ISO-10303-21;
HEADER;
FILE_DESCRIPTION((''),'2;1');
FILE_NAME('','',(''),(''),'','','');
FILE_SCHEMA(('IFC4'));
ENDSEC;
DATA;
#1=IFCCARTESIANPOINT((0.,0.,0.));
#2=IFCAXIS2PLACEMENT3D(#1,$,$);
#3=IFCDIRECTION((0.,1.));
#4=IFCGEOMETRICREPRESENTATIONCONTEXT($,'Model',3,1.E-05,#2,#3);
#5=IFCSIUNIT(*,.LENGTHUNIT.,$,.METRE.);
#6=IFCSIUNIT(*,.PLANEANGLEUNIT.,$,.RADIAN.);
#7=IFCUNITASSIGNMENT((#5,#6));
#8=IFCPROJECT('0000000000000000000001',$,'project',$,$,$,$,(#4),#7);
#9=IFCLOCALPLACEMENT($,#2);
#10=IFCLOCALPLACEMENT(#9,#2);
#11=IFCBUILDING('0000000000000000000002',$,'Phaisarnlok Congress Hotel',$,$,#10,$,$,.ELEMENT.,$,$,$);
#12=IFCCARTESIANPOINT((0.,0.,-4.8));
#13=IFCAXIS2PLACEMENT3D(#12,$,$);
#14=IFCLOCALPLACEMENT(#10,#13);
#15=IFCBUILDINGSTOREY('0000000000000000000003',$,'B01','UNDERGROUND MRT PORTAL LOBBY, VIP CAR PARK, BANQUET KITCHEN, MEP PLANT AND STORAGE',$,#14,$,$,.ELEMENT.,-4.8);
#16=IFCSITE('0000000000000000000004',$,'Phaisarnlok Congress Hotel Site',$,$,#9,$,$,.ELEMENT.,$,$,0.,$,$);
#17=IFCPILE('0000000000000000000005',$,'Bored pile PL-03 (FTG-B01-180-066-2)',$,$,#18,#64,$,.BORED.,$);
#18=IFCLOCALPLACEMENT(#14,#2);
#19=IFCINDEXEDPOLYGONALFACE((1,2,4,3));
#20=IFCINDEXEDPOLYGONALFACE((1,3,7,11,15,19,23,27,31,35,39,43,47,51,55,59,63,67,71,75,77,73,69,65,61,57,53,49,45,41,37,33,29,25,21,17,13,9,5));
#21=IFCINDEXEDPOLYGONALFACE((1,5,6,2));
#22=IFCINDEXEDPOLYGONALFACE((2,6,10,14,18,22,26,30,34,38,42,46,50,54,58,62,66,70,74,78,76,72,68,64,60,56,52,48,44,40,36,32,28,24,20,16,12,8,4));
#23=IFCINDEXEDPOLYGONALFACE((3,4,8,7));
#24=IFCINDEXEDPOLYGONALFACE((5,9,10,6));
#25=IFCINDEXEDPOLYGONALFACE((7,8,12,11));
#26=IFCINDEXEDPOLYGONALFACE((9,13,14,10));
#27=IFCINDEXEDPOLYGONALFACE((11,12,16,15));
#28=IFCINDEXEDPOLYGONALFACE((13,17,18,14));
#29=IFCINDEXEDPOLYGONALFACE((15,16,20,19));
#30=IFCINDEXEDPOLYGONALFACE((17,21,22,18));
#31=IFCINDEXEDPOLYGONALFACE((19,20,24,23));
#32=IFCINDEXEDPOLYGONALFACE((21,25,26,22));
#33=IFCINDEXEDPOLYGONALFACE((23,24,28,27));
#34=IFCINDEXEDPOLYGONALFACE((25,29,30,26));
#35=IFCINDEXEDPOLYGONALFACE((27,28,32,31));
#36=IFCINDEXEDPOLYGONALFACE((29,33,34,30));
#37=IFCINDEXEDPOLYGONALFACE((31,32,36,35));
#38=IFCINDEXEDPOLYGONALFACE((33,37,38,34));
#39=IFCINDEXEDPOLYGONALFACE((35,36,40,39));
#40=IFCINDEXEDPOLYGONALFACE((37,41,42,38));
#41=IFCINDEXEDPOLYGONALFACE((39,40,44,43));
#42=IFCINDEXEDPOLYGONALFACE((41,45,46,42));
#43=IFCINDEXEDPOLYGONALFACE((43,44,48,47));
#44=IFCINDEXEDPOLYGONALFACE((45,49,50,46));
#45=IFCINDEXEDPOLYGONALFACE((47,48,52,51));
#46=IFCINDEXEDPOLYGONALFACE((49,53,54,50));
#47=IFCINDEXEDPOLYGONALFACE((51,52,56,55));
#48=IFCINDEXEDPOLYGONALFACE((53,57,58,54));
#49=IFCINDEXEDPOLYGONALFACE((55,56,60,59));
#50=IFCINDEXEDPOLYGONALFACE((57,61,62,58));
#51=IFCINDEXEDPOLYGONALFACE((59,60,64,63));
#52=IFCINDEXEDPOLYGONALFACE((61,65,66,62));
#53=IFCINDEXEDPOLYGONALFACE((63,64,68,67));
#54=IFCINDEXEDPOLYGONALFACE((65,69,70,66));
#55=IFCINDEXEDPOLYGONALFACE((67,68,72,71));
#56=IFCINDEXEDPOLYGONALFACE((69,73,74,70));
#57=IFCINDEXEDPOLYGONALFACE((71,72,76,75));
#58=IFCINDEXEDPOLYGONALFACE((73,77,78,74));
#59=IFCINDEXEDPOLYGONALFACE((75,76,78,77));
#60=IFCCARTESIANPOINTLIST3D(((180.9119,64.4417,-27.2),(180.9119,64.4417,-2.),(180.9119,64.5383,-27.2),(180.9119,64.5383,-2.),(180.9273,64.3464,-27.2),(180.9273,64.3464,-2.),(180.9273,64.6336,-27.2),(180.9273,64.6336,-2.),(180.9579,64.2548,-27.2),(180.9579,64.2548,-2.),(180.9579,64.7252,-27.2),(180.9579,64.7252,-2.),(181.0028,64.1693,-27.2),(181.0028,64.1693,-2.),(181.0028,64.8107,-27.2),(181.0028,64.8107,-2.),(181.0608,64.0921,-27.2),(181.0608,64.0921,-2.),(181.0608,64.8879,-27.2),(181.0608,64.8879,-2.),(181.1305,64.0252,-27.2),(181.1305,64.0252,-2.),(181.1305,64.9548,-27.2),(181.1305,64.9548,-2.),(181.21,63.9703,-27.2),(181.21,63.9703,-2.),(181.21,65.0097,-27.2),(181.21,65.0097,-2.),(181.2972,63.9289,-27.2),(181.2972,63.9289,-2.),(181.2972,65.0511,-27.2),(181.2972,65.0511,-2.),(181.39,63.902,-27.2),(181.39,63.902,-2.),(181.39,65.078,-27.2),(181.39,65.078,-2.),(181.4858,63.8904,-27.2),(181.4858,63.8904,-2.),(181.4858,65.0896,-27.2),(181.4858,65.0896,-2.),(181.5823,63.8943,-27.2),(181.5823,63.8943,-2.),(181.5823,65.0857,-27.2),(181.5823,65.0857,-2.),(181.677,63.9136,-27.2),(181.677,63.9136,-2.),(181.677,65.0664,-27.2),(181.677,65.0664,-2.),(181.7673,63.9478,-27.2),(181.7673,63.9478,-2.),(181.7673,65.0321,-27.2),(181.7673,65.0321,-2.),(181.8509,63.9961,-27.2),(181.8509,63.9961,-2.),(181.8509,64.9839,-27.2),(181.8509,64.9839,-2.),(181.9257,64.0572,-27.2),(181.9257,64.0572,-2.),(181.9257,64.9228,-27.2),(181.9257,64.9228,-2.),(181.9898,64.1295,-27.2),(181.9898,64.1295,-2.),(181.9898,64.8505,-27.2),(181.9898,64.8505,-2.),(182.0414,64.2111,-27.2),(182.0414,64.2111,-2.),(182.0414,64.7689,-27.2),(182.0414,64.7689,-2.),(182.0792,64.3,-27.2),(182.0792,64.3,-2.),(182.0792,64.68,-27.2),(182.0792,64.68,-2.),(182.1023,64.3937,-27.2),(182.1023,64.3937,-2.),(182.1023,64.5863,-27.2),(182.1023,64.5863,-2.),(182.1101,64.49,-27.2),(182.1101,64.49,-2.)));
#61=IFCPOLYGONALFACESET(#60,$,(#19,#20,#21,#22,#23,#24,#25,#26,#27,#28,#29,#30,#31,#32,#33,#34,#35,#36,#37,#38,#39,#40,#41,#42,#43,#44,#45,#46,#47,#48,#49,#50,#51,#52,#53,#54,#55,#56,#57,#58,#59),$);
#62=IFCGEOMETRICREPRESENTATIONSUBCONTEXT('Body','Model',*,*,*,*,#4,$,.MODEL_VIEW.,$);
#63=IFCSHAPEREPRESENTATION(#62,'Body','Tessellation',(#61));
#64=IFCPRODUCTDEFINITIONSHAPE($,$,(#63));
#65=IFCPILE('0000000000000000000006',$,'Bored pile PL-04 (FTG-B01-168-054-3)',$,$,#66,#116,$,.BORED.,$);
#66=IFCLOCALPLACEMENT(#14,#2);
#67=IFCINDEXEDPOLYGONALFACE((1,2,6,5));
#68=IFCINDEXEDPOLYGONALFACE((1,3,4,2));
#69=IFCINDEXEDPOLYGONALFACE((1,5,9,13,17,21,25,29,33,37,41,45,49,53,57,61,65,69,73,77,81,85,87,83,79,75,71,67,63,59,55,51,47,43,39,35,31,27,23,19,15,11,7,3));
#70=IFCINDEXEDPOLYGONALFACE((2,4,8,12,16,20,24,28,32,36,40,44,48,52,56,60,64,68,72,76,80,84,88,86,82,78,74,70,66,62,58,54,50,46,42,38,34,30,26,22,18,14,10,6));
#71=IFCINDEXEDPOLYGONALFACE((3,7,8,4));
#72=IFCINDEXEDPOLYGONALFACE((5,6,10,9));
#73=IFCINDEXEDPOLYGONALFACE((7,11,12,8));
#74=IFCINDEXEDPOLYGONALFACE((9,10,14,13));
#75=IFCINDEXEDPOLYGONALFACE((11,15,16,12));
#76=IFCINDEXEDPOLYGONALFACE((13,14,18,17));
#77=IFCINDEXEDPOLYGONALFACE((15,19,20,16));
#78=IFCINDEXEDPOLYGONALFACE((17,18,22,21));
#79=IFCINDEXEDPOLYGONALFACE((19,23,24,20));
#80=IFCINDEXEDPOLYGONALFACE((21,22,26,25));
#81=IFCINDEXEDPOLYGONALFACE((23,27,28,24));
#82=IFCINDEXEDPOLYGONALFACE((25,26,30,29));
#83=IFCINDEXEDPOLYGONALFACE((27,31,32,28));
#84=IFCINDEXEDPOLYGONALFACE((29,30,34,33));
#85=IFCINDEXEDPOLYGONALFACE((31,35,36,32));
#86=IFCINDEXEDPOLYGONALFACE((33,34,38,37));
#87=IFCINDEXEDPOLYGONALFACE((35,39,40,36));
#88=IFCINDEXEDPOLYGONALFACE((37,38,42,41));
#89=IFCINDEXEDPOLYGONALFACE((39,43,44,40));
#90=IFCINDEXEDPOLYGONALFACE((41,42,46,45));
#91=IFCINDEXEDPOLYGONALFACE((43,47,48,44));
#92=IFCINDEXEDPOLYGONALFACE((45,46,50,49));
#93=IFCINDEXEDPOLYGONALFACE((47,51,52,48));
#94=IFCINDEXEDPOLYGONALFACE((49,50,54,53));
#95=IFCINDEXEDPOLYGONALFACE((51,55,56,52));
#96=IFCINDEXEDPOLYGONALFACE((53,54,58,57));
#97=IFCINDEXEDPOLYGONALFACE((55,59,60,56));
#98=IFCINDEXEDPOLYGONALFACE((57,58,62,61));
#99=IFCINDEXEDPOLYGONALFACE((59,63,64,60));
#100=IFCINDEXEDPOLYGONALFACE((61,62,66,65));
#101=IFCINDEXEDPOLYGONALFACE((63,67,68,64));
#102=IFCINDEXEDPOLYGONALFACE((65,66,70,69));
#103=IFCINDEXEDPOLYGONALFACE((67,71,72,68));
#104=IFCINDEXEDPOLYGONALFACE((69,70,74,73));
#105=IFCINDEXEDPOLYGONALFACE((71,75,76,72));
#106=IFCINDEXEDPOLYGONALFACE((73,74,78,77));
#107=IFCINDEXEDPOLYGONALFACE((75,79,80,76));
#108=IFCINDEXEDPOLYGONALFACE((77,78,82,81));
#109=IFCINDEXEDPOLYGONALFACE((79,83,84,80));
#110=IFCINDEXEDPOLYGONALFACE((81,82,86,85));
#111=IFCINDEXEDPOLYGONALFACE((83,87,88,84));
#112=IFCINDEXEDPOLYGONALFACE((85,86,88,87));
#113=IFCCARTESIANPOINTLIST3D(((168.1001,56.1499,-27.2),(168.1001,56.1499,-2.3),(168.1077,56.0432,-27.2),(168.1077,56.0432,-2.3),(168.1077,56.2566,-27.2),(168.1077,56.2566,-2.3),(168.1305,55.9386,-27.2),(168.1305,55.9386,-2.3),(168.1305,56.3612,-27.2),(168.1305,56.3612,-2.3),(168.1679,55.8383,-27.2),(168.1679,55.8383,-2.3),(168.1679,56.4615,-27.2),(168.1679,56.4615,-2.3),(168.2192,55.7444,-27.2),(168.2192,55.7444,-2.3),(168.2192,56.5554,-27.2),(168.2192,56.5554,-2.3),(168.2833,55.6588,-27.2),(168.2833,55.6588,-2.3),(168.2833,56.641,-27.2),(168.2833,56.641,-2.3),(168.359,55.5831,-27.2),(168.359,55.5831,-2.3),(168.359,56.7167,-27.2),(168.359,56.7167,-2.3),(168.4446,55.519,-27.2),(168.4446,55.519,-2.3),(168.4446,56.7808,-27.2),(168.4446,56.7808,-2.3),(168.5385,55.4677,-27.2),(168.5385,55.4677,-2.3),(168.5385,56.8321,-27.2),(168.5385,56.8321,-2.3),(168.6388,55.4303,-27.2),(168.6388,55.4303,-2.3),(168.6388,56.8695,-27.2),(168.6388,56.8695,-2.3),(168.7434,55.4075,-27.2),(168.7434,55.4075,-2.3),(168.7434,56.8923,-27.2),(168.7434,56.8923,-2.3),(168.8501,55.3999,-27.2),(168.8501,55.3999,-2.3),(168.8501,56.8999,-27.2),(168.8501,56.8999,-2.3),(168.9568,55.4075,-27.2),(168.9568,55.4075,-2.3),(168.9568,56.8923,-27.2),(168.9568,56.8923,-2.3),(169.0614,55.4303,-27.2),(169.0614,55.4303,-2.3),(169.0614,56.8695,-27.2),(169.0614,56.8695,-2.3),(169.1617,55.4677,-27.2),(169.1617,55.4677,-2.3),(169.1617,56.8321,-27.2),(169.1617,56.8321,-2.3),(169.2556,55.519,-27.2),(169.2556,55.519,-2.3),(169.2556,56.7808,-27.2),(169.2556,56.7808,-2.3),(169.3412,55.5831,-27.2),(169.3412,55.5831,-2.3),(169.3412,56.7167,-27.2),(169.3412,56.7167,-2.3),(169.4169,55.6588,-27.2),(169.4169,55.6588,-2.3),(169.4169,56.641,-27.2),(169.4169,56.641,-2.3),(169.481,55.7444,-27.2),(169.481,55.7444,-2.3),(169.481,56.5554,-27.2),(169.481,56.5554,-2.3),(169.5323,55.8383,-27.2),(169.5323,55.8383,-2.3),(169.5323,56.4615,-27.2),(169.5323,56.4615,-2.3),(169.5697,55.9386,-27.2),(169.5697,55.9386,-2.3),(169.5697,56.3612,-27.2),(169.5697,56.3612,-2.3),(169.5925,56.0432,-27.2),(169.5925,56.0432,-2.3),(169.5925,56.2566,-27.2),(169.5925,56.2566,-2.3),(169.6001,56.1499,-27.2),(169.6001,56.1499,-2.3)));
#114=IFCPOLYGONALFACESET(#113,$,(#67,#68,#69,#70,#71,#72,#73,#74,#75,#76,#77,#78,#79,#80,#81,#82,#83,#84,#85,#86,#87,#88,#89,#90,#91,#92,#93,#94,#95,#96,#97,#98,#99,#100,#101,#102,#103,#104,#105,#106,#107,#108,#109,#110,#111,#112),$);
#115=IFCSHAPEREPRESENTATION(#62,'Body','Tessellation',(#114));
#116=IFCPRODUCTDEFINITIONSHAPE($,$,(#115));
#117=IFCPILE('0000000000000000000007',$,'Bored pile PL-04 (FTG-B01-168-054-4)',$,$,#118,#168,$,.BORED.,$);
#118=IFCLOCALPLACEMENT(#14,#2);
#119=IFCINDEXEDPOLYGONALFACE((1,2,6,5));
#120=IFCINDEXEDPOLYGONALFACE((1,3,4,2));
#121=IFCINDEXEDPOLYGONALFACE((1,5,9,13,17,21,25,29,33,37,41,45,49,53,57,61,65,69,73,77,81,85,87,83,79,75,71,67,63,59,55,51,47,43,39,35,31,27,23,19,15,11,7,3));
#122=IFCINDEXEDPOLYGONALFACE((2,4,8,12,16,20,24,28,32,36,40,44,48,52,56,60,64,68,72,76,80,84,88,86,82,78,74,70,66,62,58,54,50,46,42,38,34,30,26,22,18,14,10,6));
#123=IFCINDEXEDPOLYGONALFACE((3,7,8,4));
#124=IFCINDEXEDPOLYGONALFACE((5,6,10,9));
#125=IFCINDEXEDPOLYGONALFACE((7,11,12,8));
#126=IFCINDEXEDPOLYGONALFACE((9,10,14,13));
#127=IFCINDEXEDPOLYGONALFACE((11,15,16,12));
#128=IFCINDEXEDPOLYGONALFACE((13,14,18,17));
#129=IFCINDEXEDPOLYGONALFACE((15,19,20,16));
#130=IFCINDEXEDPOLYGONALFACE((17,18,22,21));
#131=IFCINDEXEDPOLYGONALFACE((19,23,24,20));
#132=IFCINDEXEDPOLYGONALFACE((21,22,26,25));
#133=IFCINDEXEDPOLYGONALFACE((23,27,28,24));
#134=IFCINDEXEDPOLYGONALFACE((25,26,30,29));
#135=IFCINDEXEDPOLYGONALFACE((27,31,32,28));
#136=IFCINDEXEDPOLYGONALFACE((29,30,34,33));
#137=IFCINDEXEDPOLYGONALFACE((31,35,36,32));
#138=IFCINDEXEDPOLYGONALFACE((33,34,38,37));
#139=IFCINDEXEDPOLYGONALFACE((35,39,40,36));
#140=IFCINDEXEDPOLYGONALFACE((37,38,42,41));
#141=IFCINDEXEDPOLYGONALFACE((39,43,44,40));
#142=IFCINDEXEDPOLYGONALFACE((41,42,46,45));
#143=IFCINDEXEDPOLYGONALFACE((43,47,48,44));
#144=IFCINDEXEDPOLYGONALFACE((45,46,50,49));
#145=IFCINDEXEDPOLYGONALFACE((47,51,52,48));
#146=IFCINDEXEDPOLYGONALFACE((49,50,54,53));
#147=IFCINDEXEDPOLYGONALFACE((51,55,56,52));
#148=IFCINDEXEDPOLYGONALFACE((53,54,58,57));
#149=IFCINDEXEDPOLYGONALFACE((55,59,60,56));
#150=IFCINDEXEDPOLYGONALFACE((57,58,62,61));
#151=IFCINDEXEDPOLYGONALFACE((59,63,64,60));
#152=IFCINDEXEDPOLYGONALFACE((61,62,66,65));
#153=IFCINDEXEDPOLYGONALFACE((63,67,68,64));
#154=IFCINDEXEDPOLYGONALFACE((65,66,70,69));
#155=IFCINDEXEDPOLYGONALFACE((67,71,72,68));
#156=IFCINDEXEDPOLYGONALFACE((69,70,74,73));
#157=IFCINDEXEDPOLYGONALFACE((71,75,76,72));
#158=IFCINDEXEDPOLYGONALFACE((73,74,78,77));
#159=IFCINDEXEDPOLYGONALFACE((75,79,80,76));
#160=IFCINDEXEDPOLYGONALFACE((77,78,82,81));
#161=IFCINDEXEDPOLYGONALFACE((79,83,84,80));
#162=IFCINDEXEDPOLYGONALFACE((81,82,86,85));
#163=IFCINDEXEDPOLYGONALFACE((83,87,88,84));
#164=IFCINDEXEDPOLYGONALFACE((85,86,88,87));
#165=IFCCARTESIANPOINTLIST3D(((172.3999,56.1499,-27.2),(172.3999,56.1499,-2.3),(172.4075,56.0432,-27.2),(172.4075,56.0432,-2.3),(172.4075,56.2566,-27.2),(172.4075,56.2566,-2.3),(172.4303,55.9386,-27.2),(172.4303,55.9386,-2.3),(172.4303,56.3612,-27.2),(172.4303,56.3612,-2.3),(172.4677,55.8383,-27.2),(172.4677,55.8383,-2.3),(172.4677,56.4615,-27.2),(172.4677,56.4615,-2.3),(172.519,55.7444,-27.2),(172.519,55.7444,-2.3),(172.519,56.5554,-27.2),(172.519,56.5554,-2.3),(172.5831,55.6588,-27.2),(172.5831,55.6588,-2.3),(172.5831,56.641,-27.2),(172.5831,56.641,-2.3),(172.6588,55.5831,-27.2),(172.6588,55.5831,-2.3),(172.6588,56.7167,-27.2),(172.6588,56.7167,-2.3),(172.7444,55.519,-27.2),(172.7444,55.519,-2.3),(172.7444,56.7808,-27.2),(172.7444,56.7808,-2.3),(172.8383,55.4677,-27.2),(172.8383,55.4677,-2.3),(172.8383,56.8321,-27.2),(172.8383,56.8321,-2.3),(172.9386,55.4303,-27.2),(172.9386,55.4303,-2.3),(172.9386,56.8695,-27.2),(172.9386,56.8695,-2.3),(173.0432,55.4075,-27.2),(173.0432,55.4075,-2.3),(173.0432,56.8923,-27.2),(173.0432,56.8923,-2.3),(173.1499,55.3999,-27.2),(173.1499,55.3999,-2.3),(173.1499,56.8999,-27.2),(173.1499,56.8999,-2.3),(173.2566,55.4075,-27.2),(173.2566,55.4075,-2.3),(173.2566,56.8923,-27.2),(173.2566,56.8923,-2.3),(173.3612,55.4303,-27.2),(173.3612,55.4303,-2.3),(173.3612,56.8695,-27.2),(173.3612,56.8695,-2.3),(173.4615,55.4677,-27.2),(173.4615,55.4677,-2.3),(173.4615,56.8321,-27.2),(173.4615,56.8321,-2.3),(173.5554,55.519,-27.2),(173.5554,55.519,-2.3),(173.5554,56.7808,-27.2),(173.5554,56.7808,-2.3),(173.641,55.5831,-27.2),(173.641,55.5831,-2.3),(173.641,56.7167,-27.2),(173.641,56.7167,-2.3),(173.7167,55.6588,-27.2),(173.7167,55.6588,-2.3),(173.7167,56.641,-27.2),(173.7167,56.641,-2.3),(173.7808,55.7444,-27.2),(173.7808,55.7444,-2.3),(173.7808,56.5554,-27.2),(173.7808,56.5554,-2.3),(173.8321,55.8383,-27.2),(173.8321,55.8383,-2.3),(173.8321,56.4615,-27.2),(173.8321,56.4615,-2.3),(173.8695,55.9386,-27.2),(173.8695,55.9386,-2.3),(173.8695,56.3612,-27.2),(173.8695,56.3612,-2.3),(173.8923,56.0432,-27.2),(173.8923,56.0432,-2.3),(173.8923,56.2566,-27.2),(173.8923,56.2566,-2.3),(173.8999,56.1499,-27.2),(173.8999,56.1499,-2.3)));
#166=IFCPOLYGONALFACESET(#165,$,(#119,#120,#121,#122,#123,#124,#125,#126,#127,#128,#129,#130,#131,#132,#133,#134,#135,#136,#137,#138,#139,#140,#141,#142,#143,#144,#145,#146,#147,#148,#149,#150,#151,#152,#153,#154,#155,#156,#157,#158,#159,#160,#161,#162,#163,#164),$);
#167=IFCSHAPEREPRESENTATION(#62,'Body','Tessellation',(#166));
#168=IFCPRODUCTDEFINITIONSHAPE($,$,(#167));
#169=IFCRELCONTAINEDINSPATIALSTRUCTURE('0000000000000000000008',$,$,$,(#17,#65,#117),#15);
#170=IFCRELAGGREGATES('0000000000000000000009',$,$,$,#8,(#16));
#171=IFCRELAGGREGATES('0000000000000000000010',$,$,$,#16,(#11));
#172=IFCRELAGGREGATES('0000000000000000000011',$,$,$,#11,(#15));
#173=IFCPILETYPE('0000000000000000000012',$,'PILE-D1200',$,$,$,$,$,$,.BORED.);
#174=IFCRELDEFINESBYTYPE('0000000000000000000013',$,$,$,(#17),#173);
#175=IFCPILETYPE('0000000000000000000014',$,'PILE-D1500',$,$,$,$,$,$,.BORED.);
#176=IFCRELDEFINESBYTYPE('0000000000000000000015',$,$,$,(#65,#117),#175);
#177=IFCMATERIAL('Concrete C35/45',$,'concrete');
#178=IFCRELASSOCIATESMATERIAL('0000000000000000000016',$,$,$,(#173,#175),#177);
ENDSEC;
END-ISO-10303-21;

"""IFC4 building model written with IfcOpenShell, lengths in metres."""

from ifc_helpers import new_model, si_unit, direction, frame, origin, origin_2d, place, context, subcontext, project, spatial, circle, extrude, material, material_profile, profile_set, type_object, element, save


model = new_model("IFC4")

# Units and contexts
model_context = context("Model", 3, precision=1e-05, world=origin(), true_north=direction((0.0, 1.0)))
body_context = subcontext(model_context, "Body", "Model", "MODEL_VIEW")
ifc_project = project(units=[si_unit("LENGTHUNIT", "METRE"), si_unit("PLANEANGLEUNIT", "RADIAN")], contexts=[model_context])

# Site, building, storey
site_placement = place(None, origin())
site = spatial("IfcSite", under=ifc_project, at=site_placement, Name="Phaisarnlok Congress Hotel Site", CompositionType="ELEMENT", RefElevation=0.0)
building_placement = place(site_placement, origin())
building = spatial("IfcBuilding", under=site, at=building_placement, Name="Phaisarnlok Congress Hotel", CompositionType="ELEMENT")
storey_placement = place(building_placement, frame((0.0, 0.0, -4.8)))
storey = spatial("IfcBuildingStorey", under=building, at=storey_placement, Name="B01", Description="UNDERGROUND MRT PORTAL LOBBY, VIP CAR PARK, BANQUET KITCHEN, MEP PLANT AND STORAGE", CompositionType="ELEMENT", Elevation=-4.8)

# Piles
ifc_material_1 = material(Name="Concrete C35/45", Category="concrete")
ifc_material_profile_1 = material_profile(ifc_material_1, circle(Radius=0.6001, at=origin_2d()), Name="BORED PILE D1200")
ifc_profile_set_1 = profile_set([ifc_material_profile_1], Name="Concrete C35/45")
pile_type_1 = type_object("IfcPileType", Name="PILE-D1200", PredefinedType="BORED", material=ifc_profile_set_1)
for number, where, z_axis, x_axis, name in (
    (1, (181.51, 64.49, -2.0), (0.0, 0.0, -1.0), (1.0, 0.0, 0.0), "Bored pile PL-03 (FTG-B01-180-066-2)"),
):
    element("IfcPile", number, at=place(storey_placement, frame(where, z_axis=z_axis, x_axis=x_axis)), inside=storey, type_object=pile_type_1, Name=name, PredefinedType="BORED", context=body_context, shape_type="SweptSolid", body=[
        extrude(circle(Radius=0.6001, at=origin_2d()), origin(), (0.0, 0.0, 1.0), 25.2),
    ])
ifc_material_profile_2 = material_profile(ifc_material_1, circle(Radius=0.75, at=origin_2d()), Name="BORED PILE D1500")
ifc_profile_set_2 = profile_set([ifc_material_profile_2], Name="Concrete C35/45")
pile_type_2 = type_object("IfcPileType", Name="PILE-D1500", PredefinedType="BORED", material=ifc_profile_set_2)
for number, where, z_axis, x_axis, name in (
    (2, (168.8501, 56.1499, -2.3), (0.0, 0.0, -1.0), (1.0, 0.0, 0.0), "Bored pile PL-04 (FTG-B01-168-054-3)"),
    (3, (173.1499, 56.1499, -2.3), (0.0, 0.0, -1.0), (1.0, 0.0, 0.0), "Bored pile PL-04 (FTG-B01-168-054-4)"),
):
    element("IfcPile", number, at=place(storey_placement, frame(where, z_axis=z_axis, x_axis=x_axis)), inside=storey, type_object=pile_type_2, Name=name, PredefinedType="BORED", context=body_context, shape_type="SweptSolid", body=[
        extrude(circle(Radius=0.75, at=origin_2d()), origin(), (0.0, 0.0, 1.0), 24.8999),
    ])

save(model, "model.ifc")
